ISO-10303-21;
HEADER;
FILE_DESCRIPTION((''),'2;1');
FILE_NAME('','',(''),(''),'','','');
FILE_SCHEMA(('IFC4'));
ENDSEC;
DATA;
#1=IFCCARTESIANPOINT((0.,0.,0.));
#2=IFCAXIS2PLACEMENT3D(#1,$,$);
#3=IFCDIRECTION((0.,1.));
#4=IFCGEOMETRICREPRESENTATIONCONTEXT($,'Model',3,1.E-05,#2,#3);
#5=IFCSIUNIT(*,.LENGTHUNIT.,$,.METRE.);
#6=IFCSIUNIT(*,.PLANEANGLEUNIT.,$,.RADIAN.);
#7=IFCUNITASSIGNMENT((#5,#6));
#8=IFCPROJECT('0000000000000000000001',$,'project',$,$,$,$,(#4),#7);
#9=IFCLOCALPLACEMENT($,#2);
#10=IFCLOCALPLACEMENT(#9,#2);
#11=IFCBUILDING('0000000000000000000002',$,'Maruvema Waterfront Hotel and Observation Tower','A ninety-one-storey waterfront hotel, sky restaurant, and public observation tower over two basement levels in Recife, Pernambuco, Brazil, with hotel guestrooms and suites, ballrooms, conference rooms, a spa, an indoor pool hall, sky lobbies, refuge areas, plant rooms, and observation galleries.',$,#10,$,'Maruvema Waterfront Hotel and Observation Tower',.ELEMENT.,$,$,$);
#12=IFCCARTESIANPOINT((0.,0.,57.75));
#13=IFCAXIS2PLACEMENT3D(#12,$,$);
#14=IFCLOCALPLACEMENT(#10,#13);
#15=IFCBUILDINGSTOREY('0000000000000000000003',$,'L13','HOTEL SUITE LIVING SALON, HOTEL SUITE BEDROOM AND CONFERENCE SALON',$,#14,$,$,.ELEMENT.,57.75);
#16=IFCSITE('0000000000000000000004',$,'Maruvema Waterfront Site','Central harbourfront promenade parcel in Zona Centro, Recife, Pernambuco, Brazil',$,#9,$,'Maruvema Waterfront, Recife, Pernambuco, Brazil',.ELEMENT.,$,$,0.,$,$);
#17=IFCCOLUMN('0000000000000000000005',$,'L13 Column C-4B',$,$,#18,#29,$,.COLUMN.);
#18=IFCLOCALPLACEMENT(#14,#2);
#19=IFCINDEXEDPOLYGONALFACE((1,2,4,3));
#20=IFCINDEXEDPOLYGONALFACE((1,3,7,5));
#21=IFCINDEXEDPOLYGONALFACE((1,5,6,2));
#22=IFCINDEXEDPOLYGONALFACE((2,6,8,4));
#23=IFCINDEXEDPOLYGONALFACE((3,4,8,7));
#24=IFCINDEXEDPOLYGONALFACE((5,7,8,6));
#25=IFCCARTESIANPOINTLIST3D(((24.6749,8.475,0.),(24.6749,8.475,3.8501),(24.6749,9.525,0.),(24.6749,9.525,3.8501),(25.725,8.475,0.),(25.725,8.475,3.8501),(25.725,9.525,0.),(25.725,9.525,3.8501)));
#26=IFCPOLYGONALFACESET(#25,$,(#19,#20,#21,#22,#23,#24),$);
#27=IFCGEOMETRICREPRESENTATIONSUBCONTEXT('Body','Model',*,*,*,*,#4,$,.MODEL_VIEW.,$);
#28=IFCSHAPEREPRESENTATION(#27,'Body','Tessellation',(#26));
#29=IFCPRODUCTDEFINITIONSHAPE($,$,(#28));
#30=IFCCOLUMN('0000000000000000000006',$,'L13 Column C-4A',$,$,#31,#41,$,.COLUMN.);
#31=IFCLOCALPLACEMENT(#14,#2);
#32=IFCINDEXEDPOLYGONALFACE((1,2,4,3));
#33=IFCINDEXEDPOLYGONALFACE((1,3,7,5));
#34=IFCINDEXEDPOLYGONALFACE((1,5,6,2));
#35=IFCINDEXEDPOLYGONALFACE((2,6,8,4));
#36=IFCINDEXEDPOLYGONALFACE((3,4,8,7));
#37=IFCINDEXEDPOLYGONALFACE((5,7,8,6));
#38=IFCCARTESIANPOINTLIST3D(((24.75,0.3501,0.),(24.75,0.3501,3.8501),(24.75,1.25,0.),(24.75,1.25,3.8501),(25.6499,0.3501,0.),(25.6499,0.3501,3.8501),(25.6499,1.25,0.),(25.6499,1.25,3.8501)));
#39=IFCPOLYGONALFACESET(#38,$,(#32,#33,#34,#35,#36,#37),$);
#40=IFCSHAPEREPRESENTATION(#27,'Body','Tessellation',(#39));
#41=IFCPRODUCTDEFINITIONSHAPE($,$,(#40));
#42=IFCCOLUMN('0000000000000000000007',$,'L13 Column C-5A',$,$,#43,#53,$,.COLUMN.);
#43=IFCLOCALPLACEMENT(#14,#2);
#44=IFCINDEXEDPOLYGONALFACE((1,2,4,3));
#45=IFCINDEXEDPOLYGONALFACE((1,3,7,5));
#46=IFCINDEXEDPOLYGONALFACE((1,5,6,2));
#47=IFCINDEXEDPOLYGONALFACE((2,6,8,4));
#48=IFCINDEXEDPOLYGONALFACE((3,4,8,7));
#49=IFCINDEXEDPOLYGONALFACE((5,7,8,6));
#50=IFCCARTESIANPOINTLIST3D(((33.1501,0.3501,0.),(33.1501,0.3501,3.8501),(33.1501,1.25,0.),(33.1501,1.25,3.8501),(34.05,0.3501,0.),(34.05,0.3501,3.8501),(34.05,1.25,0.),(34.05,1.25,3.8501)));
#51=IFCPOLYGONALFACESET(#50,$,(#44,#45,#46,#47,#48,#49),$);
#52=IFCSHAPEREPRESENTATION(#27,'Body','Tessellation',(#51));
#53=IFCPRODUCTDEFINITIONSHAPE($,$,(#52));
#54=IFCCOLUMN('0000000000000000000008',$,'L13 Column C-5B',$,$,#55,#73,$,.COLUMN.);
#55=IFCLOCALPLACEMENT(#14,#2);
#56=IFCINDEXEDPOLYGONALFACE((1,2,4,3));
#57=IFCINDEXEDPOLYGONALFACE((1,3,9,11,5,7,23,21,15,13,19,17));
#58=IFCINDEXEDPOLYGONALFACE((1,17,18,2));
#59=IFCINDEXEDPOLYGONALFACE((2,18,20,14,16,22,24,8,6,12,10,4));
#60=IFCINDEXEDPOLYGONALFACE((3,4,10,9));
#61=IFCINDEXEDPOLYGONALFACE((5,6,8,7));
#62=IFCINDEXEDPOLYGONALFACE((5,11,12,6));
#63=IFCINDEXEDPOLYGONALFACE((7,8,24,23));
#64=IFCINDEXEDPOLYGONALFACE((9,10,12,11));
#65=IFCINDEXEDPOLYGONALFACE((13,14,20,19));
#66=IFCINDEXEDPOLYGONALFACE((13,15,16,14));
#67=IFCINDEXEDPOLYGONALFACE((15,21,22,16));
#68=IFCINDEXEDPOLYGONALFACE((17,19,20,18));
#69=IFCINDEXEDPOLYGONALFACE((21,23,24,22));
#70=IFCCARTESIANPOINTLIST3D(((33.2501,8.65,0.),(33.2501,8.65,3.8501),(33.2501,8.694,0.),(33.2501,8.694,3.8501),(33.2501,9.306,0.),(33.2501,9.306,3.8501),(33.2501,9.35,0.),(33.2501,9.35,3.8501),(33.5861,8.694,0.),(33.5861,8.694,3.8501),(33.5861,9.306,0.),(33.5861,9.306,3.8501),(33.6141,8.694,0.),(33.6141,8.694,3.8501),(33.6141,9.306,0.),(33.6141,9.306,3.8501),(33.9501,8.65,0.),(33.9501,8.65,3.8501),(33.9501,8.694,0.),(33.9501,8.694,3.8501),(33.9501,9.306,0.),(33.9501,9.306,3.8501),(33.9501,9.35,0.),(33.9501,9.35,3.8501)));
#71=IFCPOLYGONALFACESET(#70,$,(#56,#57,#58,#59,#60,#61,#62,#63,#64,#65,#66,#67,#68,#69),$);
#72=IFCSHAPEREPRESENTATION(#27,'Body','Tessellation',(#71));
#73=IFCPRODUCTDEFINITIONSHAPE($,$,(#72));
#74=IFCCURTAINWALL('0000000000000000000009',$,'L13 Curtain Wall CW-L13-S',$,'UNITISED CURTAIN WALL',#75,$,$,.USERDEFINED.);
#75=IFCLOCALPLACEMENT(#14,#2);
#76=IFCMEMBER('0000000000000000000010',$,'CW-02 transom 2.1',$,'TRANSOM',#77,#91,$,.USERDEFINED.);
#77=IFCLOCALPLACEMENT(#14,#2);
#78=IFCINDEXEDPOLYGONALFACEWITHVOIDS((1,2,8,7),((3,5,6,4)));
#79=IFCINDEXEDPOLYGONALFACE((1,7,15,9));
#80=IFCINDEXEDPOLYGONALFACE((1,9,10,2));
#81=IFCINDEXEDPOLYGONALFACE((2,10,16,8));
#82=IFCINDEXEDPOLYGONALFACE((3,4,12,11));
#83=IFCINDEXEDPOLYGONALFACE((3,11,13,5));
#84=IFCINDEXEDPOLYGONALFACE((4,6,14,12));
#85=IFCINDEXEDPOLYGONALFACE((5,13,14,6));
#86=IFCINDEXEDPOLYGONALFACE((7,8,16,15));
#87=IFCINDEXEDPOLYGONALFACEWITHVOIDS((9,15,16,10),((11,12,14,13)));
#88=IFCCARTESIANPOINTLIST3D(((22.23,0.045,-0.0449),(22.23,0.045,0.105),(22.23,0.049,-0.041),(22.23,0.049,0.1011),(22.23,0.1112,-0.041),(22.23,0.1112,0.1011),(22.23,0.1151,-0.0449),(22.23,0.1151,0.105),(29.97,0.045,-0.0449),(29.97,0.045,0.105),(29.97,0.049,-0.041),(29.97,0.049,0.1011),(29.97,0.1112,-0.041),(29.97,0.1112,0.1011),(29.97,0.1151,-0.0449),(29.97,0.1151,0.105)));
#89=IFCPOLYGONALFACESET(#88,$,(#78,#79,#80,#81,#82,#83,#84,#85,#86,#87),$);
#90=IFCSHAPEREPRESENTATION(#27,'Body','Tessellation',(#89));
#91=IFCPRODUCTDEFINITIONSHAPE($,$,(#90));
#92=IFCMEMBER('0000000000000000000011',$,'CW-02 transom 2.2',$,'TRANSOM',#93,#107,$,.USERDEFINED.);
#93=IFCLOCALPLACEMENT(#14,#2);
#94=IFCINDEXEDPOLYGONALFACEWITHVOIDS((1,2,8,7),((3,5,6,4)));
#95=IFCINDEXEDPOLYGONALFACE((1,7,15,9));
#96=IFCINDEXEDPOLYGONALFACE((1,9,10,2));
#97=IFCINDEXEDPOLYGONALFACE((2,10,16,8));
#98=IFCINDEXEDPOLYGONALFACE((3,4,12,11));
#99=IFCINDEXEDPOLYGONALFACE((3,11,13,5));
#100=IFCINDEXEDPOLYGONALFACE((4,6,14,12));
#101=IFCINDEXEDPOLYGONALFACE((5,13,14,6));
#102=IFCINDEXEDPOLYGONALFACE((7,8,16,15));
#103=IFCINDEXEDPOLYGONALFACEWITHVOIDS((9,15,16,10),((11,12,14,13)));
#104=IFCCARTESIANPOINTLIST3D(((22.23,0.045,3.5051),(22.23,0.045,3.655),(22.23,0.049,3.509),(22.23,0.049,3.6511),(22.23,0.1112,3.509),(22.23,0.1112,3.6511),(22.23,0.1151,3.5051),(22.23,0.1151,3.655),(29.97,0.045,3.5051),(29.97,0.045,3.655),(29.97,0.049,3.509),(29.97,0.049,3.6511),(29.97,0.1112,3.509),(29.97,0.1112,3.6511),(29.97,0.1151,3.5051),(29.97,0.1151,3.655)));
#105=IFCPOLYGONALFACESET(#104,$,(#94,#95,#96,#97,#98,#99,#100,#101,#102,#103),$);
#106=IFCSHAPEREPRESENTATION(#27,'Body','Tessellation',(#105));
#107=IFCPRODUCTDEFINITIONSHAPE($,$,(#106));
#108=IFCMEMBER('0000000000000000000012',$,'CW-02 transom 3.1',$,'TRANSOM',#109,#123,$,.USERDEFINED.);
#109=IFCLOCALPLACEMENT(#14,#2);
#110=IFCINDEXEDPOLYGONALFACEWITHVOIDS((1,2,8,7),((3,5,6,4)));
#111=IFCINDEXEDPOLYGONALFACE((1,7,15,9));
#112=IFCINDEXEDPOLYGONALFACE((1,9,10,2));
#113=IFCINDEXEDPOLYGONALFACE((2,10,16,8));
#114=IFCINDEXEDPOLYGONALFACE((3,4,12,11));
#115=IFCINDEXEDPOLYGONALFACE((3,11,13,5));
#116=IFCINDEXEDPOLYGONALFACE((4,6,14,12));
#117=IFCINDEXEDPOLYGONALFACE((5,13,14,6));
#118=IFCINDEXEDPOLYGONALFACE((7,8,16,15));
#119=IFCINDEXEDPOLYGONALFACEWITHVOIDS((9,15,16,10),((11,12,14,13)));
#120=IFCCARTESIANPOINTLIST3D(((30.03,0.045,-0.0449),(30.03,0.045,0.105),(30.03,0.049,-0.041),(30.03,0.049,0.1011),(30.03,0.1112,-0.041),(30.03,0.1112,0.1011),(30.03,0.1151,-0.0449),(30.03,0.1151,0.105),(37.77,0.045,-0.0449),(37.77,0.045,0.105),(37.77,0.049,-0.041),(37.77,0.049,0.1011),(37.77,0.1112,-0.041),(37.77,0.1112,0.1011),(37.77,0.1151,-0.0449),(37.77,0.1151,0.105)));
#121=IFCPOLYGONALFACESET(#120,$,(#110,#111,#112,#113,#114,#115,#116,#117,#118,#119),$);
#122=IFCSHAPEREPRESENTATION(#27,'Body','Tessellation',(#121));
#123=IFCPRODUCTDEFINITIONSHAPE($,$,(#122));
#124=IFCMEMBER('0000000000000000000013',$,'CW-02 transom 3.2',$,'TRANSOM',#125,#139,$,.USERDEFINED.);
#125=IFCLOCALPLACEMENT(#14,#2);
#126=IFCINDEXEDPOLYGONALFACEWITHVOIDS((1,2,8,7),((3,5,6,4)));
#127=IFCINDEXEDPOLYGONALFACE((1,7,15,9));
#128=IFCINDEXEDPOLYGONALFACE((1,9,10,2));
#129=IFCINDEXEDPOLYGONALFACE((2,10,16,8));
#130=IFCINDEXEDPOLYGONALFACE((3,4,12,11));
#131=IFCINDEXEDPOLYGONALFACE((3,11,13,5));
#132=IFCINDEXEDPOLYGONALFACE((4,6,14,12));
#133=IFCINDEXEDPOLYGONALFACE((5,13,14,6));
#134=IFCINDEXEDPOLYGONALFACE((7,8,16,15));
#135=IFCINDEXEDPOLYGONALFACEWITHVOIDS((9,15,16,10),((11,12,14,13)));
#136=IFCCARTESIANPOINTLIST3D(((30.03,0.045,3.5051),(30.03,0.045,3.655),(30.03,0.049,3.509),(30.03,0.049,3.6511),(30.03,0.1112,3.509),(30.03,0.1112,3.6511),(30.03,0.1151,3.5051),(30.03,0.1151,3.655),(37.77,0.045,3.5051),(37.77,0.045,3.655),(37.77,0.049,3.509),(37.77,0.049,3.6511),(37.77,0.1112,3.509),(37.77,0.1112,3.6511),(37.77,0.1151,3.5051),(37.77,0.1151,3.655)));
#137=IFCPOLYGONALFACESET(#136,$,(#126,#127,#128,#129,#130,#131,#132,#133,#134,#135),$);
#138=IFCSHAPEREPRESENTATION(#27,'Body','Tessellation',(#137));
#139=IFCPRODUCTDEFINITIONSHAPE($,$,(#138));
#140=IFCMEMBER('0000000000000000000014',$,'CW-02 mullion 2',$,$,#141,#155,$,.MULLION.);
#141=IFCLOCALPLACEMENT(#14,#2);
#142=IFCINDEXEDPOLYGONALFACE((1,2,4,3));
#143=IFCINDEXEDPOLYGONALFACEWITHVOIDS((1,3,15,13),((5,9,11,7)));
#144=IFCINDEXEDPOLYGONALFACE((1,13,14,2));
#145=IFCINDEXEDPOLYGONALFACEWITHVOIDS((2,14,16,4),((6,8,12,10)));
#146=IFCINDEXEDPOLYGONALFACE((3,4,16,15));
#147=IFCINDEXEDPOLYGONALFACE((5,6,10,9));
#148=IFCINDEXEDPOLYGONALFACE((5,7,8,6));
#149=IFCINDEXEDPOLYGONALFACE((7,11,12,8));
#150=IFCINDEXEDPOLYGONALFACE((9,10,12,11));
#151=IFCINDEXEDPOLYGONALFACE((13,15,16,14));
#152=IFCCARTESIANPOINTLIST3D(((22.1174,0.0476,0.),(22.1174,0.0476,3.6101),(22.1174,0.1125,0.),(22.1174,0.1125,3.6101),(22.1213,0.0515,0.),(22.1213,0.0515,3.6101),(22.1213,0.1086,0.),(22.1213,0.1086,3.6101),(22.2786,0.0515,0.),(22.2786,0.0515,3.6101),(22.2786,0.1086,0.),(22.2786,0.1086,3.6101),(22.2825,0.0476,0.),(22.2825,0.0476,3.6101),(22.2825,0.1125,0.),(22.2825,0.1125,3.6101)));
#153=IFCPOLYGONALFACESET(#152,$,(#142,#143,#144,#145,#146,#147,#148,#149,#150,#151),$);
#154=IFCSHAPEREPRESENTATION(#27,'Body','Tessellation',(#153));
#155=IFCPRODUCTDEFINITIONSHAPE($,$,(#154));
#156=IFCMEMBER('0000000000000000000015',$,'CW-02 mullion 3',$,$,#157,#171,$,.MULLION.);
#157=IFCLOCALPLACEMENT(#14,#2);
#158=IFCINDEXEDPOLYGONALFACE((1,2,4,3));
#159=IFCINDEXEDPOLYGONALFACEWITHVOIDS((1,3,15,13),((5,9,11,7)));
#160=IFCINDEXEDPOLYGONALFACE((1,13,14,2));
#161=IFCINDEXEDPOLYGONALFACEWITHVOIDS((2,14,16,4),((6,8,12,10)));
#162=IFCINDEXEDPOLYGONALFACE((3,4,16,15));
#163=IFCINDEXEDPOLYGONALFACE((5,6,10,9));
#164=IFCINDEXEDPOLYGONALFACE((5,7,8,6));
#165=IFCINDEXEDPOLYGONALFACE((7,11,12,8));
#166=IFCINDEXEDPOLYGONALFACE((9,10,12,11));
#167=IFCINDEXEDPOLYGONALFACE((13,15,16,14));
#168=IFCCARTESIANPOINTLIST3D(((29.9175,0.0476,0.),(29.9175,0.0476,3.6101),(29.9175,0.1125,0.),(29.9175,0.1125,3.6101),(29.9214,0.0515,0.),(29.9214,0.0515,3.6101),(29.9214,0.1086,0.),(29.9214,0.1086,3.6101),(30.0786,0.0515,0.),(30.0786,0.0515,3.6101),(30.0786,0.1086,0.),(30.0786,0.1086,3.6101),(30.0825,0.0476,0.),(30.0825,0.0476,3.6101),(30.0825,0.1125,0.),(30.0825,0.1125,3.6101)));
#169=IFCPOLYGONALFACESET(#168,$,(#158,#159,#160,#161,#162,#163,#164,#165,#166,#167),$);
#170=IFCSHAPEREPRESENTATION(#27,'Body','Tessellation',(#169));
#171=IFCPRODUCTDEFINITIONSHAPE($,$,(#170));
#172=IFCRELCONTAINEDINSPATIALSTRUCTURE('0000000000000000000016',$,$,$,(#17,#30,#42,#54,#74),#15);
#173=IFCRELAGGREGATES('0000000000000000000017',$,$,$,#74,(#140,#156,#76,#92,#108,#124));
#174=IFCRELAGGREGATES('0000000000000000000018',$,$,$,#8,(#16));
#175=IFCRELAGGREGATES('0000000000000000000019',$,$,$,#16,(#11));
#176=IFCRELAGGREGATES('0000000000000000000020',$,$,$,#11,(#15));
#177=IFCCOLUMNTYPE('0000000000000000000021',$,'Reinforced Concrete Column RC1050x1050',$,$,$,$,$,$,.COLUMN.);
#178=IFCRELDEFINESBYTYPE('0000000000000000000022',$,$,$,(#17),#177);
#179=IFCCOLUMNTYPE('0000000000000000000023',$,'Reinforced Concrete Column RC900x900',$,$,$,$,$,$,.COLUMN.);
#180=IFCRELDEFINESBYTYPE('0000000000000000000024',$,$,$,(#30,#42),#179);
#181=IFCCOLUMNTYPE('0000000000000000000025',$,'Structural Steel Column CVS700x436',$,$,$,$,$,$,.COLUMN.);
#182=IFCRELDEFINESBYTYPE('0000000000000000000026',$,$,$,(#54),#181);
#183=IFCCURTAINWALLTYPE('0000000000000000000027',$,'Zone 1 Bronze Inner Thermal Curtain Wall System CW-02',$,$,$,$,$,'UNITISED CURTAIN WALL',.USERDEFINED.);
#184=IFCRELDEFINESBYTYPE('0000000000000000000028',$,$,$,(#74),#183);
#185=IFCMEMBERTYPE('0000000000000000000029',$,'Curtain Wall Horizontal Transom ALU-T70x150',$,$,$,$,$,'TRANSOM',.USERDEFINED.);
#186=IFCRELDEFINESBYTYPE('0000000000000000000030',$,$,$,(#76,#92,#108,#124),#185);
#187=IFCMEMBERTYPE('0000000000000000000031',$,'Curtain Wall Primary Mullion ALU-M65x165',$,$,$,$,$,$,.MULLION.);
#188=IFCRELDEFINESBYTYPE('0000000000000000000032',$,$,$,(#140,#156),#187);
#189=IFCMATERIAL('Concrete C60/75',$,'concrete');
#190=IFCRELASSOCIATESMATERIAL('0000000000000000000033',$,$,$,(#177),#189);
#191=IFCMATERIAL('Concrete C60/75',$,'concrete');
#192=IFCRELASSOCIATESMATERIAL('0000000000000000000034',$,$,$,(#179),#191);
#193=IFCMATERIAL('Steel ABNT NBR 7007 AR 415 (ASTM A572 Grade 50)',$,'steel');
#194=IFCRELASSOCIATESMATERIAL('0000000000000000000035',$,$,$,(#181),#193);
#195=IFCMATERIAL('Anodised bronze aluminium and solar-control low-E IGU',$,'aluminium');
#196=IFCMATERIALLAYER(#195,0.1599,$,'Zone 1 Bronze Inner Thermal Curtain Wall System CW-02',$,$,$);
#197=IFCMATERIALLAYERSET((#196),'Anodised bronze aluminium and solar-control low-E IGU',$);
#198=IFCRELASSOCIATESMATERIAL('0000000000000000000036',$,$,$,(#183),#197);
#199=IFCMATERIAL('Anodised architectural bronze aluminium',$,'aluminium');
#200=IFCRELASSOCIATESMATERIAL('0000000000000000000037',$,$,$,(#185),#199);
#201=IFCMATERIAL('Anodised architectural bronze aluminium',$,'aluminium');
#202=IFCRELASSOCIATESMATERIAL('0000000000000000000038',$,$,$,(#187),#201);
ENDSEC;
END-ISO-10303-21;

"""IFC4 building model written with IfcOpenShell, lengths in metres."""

from ifc_helpers import new_model, si_unit, direction, frame, origin, origin_2d, place, context, subcontext, project, spatial, rectangle, hollow_rectangle, i_section, extrude, material, layer, layer_set, material_profile, profile_set, type_object, element, aggregate, save


model = new_model("IFC4")

# Units and contexts
model_context = context("Model", 3, precision=1e-05, world=origin(), true_north=direction((0.0, 1.0)))
body_context = subcontext(model_context, "Body", "Model", "MODEL_VIEW")
ifc_project = project(units=[si_unit("LENGTHUNIT", "METRE"), si_unit("PLANEANGLEUNIT", "RADIAN")], contexts=[model_context])

# Site, building, storey
site_placement = place(None, origin())
site = spatial("IfcSite", under=ifc_project, at=site_placement, Name="Maruvema Waterfront Site", Description="Central harbourfront promenade parcel in Zona Centro, Recife, Pernambuco, Brazil", LongName="Maruvema Waterfront, Recife, Pernambuco, Brazil", CompositionType="ELEMENT", RefElevation=0.0)
building_placement = place(site_placement, origin())
building = spatial("IfcBuilding", under=site, at=building_placement, Name="Maruvema Waterfront Hotel and Observation Tower", Description="A ninety-one-storey waterfront hotel, sky restaurant, and public observation tower over two basement levels in Recife, Pernambuco, Brazil, with hotel guestrooms and suites, ballrooms, conference rooms, a spa, an indoor pool hall, sky lobbies, refuge areas, plant rooms, and observation galleries.", LongName="Maruvema Waterfront Hotel and Observation Tower", CompositionType="ELEMENT")
storey_placement = place(building_placement, frame((0.0, 0.0, 57.75)))
storey = spatial("IfcBuildingStorey", under=building, at=storey_placement, Name="L13", Description="HOTEL SUITE LIVING SALON, HOTEL SUITE BEDROOM AND CONFERENCE SALON", CompositionType="ELEMENT", Elevation=57.75)

# Columns
ifc_material_1 = material(Name="Concrete C60/75", Category="concrete")
ifc_material_profile_1 = material_profile(ifc_material_1, rectangle(XDim=1.05, YDim=1.05, at=origin_2d()), Name="RC1050x1050")
ifc_profile_set_1 = profile_set([ifc_material_profile_1], Name="Concrete C60/75")
column_type_1 = type_object("IfcColumnType", Name="Reinforced Concrete Column RC1050x1050", PredefinedType="COLUMN", material=ifc_profile_set_1)
column_1_placement = place(storey_placement, frame((25.2, 9.0, 0.0), z_axis=(0.0, 0.0, 1.0), x_axis=(1.0, 0.0, 0.0)))
element("IfcColumn", 1, at=column_1_placement, inside=storey, type_object=column_type_1, Name="L13 Column C-4B", PredefinedType="COLUMN", context=body_context, shape_type="SweptSolid", body=[
    extrude(rectangle(XDim=1.05, YDim=1.05, at=origin_2d()), origin(), (0.0, 0.0, 1.0), 3.8501),
])
ifc_material_2 = material(Name="Concrete C60/75", Category="concrete")
ifc_material_profile_2 = material_profile(ifc_material_2, rectangle(XDim=0.8999, YDim=0.8999, at=origin_2d()), Name="RC900x900")
ifc_profile_set_2 = profile_set([ifc_material_profile_2], Name="Concrete C60/75")
column_type_2 = type_object("IfcColumnType", Name="Reinforced Concrete Column RC900x900", PredefinedType="COLUMN", material=ifc_profile_set_2)
for number, where, z_axis, x_axis, name in (
    (2, (25.2, 0.8, 0.0), (0.0, 0.0, 1.0), (1.0, 0.0, 0.0), "L13 Column C-4A"),
    (3, (33.6001, 0.8, 0.0), (0.0, 0.0, 1.0), (1.0, 0.0, 0.0), "L13 Column C-5A"),
):
    element("IfcColumn", number, at=place(storey_placement, frame(where, z_axis=z_axis, x_axis=x_axis)), inside=storey, type_object=column_type_2, Name=name, PredefinedType="COLUMN", context=body_context, shape_type="SweptSolid", body=[
        extrude(rectangle(XDim=0.8999, YDim=0.8999, at=origin_2d()), origin(), (0.0, 0.0, 1.0), 3.8501),
    ])
ifc_material_3 = material(Name="Steel ABNT NBR 7007 AR 415 (ASTM A572 Grade 50)", Category="steel")
ifc_material_profile_3 = material_profile(ifc_material_3, i_section(OverallWidth=0.7, OverallDepth=0.7, WebThickness=0.0281, FlangeThickness=0.0439, at=origin_2d()), Name="CVS700x436")
ifc_profile_set_3 = profile_set([ifc_material_profile_3], Name="Steel ABNT NBR 7007 AR 415 (ASTM A572 Grade 50)")
column_type_3 = type_object("IfcColumnType", Name="Structural Steel Column CVS700x436", PredefinedType="COLUMN", material=ifc_profile_set_3)
column_2_placement = place(storey_placement, frame((33.6001, 9.0, 0.0), z_axis=(0.0, 0.0, 1.0), x_axis=(1.0, 0.0, 0.0)))
element("IfcColumn", 4, at=column_2_placement, inside=storey, type_object=column_type_3, Name="L13 Column C-5B", PredefinedType="COLUMN", context=body_context, shape_type="SweptSolid", body=[
    extrude(i_section(OverallWidth=0.7, OverallDepth=0.7, WebThickness=0.0281, FlangeThickness=0.0439, at=origin_2d()), origin(), (0.0, 0.0, 1.0), 3.8501),
])

# Curtain wall, members
ifc_material_4 = material(Name="Anodised bronze aluminium and solar-control low-E IGU", Category="aluminium")
ifc_layer_1 = layer(ifc_material_4, 0.1599, Name="Zone 1 Bronze Inner Thermal Curtain Wall System CW-02")
ifc_layer_set_1 = layer_set([ifc_layer_1], Name="Anodised bronze aluminium and solar-control low-E IGU")
curtain_wall_type = type_object("IfcCurtainWallType", Name="Zone 1 Bronze Inner Thermal Curtain Wall System CW-02", ElementType="UNITISED CURTAIN WALL", PredefinedType="USERDEFINED", material=ifc_layer_set_1)
curtain_wall_placement = place(storey_placement, origin())
curtain_wall = element("IfcCurtainWall", 5, at=curtain_wall_placement, inside=storey, type_object=curtain_wall_type, Name="L13 Curtain Wall CW-L13-S", ObjectType="UNITISED CURTAIN WALL", PredefinedType="USERDEFINED")
ifc_material_5 = material(Name="Anodised architectural bronze aluminium", Category="aluminium")
ifc_material_profile_4 = material_profile(ifc_material_5, hollow_rectangle(XDim=0.0701, YDim=0.1499, WallThickness=0.0039, at=origin_2d()), Name="ALU-T70x150")
ifc_profile_set_4 = profile_set([ifc_material_profile_4], Name="Anodised architectural bronze aluminium")
member_type_1 = type_object("IfcMemberType", Name="Curtain Wall Horizontal Transom ALU-T70x150", ElementType="TRANSOM", PredefinedType="USERDEFINED", material=ifc_profile_set_4)
member_1_placement = place(storey_placement, frame((22.23, 0.0801, 0.03), z_axis=(1.0, 0.0, 0.0), x_axis=(0.0, 1.0, 0.0)))
member_1 = element("IfcMember", 6, at=member_1_placement, type_object=member_type_1, Name="CW-02 transom 2.1", ObjectType="TRANSOM", PredefinedType="USERDEFINED", context=body_context, shape_type="SweptSolid", body=[
    extrude(hollow_rectangle(XDim=0.0701, YDim=0.1499, WallThickness=0.0039, at=origin_2d()), origin(), (0.0, 0.0, 1.0), 7.74),
])
member_2_placement = place(storey_placement, frame((22.23, 0.0801, 3.5801), z_axis=(1.0, 0.0, 0.0), x_axis=(0.0, 1.0, 0.0)))
member_2 = element("IfcMember", 7, at=member_2_placement, type_object=member_type_1, Name="CW-02 transom 2.2", ObjectType="TRANSOM", PredefinedType="USERDEFINED", context=body_context, shape_type="SweptSolid", body=[
    extrude(hollow_rectangle(XDim=0.0701, YDim=0.1499, WallThickness=0.0039, at=origin_2d()), origin(), (0.0, 0.0, 1.0), 7.74),
])
member_3_placement = place(storey_placement, frame((30.03, 0.0801, 0.03), z_axis=(1.0, 0.0, 0.0), x_axis=(0.0, 1.0, 0.0)))
member_3 = element("IfcMember", 8, at=member_3_placement, type_object=member_type_1, Name="CW-02 transom 3.1", ObjectType="TRANSOM", PredefinedType="USERDEFINED", context=body_context, shape_type="SweptSolid", body=[
    extrude(hollow_rectangle(XDim=0.0701, YDim=0.1499, WallThickness=0.0039, at=origin_2d()), origin(), (0.0, 0.0, 1.0), 7.74),
])
member_4_placement = place(storey_placement, frame((30.03, 0.0801, 3.5801), z_axis=(1.0, 0.0, 0.0), x_axis=(0.0, 1.0, 0.0)))
member_4 = element("IfcMember", 9, at=member_4_placement, type_object=member_type_1, Name="CW-02 transom 3.2", ObjectType="TRANSOM", PredefinedType="USERDEFINED", context=body_context, shape_type="SweptSolid", body=[
    extrude(hollow_rectangle(XDim=0.0701, YDim=0.1499, WallThickness=0.0039, at=origin_2d()), origin(), (0.0, 0.0, 1.0), 7.74),
])
ifc_material_6 = material(Name="Anodised architectural bronze aluminium", Category="aluminium")
ifc_material_profile_5 = material_profile(ifc_material_6, hollow_rectangle(XDim=0.0649, YDim=0.165, WallThickness=0.0039, at=origin_2d()), Name="ALU-M65x165")
ifc_profile_set_5 = profile_set([ifc_material_profile_5], Name="Anodised architectural bronze aluminium")
member_type_2 = type_object("IfcMemberType", Name="Curtain Wall Primary Mullion ALU-M65x165", PredefinedType="MULLION", material=ifc_profile_set_5)
member_5_placement = place(storey_placement, frame((22.2, 0.0801, 0.0), z_axis=(0.0, 0.0, 1.0), x_axis=(0.0, 1.0, 0.0)))
member_5 = element("IfcMember", 10, at=member_5_placement, type_object=member_type_2, Name="CW-02 mullion 2", PredefinedType="MULLION", context=body_context, shape_type="SweptSolid", body=[
    extrude(hollow_rectangle(XDim=0.0649, YDim=0.165, WallThickness=0.0039, at=origin_2d()), origin(), (0.0, 0.0, 1.0), 3.6101),
])
member_6_placement = place(storey_placement, frame((30.0, 0.0801, 0.0), z_axis=(0.0, 0.0, 1.0), x_axis=(0.0, 1.0, 0.0)))
member_6 = element("IfcMember", 11, at=member_6_placement, type_object=member_type_2, Name="CW-02 mullion 3", PredefinedType="MULLION", context=body_context, shape_type="SweptSolid", body=[
    extrude(hollow_rectangle(XDim=0.0649, YDim=0.165, WallThickness=0.0039, at=origin_2d()), origin(), (0.0, 0.0, 1.0), 3.6101),
])

aggregate(curtain_wall, [member_5, member_6, member_1, member_2, member_3, member_4])

save(model, "model.ifc")
